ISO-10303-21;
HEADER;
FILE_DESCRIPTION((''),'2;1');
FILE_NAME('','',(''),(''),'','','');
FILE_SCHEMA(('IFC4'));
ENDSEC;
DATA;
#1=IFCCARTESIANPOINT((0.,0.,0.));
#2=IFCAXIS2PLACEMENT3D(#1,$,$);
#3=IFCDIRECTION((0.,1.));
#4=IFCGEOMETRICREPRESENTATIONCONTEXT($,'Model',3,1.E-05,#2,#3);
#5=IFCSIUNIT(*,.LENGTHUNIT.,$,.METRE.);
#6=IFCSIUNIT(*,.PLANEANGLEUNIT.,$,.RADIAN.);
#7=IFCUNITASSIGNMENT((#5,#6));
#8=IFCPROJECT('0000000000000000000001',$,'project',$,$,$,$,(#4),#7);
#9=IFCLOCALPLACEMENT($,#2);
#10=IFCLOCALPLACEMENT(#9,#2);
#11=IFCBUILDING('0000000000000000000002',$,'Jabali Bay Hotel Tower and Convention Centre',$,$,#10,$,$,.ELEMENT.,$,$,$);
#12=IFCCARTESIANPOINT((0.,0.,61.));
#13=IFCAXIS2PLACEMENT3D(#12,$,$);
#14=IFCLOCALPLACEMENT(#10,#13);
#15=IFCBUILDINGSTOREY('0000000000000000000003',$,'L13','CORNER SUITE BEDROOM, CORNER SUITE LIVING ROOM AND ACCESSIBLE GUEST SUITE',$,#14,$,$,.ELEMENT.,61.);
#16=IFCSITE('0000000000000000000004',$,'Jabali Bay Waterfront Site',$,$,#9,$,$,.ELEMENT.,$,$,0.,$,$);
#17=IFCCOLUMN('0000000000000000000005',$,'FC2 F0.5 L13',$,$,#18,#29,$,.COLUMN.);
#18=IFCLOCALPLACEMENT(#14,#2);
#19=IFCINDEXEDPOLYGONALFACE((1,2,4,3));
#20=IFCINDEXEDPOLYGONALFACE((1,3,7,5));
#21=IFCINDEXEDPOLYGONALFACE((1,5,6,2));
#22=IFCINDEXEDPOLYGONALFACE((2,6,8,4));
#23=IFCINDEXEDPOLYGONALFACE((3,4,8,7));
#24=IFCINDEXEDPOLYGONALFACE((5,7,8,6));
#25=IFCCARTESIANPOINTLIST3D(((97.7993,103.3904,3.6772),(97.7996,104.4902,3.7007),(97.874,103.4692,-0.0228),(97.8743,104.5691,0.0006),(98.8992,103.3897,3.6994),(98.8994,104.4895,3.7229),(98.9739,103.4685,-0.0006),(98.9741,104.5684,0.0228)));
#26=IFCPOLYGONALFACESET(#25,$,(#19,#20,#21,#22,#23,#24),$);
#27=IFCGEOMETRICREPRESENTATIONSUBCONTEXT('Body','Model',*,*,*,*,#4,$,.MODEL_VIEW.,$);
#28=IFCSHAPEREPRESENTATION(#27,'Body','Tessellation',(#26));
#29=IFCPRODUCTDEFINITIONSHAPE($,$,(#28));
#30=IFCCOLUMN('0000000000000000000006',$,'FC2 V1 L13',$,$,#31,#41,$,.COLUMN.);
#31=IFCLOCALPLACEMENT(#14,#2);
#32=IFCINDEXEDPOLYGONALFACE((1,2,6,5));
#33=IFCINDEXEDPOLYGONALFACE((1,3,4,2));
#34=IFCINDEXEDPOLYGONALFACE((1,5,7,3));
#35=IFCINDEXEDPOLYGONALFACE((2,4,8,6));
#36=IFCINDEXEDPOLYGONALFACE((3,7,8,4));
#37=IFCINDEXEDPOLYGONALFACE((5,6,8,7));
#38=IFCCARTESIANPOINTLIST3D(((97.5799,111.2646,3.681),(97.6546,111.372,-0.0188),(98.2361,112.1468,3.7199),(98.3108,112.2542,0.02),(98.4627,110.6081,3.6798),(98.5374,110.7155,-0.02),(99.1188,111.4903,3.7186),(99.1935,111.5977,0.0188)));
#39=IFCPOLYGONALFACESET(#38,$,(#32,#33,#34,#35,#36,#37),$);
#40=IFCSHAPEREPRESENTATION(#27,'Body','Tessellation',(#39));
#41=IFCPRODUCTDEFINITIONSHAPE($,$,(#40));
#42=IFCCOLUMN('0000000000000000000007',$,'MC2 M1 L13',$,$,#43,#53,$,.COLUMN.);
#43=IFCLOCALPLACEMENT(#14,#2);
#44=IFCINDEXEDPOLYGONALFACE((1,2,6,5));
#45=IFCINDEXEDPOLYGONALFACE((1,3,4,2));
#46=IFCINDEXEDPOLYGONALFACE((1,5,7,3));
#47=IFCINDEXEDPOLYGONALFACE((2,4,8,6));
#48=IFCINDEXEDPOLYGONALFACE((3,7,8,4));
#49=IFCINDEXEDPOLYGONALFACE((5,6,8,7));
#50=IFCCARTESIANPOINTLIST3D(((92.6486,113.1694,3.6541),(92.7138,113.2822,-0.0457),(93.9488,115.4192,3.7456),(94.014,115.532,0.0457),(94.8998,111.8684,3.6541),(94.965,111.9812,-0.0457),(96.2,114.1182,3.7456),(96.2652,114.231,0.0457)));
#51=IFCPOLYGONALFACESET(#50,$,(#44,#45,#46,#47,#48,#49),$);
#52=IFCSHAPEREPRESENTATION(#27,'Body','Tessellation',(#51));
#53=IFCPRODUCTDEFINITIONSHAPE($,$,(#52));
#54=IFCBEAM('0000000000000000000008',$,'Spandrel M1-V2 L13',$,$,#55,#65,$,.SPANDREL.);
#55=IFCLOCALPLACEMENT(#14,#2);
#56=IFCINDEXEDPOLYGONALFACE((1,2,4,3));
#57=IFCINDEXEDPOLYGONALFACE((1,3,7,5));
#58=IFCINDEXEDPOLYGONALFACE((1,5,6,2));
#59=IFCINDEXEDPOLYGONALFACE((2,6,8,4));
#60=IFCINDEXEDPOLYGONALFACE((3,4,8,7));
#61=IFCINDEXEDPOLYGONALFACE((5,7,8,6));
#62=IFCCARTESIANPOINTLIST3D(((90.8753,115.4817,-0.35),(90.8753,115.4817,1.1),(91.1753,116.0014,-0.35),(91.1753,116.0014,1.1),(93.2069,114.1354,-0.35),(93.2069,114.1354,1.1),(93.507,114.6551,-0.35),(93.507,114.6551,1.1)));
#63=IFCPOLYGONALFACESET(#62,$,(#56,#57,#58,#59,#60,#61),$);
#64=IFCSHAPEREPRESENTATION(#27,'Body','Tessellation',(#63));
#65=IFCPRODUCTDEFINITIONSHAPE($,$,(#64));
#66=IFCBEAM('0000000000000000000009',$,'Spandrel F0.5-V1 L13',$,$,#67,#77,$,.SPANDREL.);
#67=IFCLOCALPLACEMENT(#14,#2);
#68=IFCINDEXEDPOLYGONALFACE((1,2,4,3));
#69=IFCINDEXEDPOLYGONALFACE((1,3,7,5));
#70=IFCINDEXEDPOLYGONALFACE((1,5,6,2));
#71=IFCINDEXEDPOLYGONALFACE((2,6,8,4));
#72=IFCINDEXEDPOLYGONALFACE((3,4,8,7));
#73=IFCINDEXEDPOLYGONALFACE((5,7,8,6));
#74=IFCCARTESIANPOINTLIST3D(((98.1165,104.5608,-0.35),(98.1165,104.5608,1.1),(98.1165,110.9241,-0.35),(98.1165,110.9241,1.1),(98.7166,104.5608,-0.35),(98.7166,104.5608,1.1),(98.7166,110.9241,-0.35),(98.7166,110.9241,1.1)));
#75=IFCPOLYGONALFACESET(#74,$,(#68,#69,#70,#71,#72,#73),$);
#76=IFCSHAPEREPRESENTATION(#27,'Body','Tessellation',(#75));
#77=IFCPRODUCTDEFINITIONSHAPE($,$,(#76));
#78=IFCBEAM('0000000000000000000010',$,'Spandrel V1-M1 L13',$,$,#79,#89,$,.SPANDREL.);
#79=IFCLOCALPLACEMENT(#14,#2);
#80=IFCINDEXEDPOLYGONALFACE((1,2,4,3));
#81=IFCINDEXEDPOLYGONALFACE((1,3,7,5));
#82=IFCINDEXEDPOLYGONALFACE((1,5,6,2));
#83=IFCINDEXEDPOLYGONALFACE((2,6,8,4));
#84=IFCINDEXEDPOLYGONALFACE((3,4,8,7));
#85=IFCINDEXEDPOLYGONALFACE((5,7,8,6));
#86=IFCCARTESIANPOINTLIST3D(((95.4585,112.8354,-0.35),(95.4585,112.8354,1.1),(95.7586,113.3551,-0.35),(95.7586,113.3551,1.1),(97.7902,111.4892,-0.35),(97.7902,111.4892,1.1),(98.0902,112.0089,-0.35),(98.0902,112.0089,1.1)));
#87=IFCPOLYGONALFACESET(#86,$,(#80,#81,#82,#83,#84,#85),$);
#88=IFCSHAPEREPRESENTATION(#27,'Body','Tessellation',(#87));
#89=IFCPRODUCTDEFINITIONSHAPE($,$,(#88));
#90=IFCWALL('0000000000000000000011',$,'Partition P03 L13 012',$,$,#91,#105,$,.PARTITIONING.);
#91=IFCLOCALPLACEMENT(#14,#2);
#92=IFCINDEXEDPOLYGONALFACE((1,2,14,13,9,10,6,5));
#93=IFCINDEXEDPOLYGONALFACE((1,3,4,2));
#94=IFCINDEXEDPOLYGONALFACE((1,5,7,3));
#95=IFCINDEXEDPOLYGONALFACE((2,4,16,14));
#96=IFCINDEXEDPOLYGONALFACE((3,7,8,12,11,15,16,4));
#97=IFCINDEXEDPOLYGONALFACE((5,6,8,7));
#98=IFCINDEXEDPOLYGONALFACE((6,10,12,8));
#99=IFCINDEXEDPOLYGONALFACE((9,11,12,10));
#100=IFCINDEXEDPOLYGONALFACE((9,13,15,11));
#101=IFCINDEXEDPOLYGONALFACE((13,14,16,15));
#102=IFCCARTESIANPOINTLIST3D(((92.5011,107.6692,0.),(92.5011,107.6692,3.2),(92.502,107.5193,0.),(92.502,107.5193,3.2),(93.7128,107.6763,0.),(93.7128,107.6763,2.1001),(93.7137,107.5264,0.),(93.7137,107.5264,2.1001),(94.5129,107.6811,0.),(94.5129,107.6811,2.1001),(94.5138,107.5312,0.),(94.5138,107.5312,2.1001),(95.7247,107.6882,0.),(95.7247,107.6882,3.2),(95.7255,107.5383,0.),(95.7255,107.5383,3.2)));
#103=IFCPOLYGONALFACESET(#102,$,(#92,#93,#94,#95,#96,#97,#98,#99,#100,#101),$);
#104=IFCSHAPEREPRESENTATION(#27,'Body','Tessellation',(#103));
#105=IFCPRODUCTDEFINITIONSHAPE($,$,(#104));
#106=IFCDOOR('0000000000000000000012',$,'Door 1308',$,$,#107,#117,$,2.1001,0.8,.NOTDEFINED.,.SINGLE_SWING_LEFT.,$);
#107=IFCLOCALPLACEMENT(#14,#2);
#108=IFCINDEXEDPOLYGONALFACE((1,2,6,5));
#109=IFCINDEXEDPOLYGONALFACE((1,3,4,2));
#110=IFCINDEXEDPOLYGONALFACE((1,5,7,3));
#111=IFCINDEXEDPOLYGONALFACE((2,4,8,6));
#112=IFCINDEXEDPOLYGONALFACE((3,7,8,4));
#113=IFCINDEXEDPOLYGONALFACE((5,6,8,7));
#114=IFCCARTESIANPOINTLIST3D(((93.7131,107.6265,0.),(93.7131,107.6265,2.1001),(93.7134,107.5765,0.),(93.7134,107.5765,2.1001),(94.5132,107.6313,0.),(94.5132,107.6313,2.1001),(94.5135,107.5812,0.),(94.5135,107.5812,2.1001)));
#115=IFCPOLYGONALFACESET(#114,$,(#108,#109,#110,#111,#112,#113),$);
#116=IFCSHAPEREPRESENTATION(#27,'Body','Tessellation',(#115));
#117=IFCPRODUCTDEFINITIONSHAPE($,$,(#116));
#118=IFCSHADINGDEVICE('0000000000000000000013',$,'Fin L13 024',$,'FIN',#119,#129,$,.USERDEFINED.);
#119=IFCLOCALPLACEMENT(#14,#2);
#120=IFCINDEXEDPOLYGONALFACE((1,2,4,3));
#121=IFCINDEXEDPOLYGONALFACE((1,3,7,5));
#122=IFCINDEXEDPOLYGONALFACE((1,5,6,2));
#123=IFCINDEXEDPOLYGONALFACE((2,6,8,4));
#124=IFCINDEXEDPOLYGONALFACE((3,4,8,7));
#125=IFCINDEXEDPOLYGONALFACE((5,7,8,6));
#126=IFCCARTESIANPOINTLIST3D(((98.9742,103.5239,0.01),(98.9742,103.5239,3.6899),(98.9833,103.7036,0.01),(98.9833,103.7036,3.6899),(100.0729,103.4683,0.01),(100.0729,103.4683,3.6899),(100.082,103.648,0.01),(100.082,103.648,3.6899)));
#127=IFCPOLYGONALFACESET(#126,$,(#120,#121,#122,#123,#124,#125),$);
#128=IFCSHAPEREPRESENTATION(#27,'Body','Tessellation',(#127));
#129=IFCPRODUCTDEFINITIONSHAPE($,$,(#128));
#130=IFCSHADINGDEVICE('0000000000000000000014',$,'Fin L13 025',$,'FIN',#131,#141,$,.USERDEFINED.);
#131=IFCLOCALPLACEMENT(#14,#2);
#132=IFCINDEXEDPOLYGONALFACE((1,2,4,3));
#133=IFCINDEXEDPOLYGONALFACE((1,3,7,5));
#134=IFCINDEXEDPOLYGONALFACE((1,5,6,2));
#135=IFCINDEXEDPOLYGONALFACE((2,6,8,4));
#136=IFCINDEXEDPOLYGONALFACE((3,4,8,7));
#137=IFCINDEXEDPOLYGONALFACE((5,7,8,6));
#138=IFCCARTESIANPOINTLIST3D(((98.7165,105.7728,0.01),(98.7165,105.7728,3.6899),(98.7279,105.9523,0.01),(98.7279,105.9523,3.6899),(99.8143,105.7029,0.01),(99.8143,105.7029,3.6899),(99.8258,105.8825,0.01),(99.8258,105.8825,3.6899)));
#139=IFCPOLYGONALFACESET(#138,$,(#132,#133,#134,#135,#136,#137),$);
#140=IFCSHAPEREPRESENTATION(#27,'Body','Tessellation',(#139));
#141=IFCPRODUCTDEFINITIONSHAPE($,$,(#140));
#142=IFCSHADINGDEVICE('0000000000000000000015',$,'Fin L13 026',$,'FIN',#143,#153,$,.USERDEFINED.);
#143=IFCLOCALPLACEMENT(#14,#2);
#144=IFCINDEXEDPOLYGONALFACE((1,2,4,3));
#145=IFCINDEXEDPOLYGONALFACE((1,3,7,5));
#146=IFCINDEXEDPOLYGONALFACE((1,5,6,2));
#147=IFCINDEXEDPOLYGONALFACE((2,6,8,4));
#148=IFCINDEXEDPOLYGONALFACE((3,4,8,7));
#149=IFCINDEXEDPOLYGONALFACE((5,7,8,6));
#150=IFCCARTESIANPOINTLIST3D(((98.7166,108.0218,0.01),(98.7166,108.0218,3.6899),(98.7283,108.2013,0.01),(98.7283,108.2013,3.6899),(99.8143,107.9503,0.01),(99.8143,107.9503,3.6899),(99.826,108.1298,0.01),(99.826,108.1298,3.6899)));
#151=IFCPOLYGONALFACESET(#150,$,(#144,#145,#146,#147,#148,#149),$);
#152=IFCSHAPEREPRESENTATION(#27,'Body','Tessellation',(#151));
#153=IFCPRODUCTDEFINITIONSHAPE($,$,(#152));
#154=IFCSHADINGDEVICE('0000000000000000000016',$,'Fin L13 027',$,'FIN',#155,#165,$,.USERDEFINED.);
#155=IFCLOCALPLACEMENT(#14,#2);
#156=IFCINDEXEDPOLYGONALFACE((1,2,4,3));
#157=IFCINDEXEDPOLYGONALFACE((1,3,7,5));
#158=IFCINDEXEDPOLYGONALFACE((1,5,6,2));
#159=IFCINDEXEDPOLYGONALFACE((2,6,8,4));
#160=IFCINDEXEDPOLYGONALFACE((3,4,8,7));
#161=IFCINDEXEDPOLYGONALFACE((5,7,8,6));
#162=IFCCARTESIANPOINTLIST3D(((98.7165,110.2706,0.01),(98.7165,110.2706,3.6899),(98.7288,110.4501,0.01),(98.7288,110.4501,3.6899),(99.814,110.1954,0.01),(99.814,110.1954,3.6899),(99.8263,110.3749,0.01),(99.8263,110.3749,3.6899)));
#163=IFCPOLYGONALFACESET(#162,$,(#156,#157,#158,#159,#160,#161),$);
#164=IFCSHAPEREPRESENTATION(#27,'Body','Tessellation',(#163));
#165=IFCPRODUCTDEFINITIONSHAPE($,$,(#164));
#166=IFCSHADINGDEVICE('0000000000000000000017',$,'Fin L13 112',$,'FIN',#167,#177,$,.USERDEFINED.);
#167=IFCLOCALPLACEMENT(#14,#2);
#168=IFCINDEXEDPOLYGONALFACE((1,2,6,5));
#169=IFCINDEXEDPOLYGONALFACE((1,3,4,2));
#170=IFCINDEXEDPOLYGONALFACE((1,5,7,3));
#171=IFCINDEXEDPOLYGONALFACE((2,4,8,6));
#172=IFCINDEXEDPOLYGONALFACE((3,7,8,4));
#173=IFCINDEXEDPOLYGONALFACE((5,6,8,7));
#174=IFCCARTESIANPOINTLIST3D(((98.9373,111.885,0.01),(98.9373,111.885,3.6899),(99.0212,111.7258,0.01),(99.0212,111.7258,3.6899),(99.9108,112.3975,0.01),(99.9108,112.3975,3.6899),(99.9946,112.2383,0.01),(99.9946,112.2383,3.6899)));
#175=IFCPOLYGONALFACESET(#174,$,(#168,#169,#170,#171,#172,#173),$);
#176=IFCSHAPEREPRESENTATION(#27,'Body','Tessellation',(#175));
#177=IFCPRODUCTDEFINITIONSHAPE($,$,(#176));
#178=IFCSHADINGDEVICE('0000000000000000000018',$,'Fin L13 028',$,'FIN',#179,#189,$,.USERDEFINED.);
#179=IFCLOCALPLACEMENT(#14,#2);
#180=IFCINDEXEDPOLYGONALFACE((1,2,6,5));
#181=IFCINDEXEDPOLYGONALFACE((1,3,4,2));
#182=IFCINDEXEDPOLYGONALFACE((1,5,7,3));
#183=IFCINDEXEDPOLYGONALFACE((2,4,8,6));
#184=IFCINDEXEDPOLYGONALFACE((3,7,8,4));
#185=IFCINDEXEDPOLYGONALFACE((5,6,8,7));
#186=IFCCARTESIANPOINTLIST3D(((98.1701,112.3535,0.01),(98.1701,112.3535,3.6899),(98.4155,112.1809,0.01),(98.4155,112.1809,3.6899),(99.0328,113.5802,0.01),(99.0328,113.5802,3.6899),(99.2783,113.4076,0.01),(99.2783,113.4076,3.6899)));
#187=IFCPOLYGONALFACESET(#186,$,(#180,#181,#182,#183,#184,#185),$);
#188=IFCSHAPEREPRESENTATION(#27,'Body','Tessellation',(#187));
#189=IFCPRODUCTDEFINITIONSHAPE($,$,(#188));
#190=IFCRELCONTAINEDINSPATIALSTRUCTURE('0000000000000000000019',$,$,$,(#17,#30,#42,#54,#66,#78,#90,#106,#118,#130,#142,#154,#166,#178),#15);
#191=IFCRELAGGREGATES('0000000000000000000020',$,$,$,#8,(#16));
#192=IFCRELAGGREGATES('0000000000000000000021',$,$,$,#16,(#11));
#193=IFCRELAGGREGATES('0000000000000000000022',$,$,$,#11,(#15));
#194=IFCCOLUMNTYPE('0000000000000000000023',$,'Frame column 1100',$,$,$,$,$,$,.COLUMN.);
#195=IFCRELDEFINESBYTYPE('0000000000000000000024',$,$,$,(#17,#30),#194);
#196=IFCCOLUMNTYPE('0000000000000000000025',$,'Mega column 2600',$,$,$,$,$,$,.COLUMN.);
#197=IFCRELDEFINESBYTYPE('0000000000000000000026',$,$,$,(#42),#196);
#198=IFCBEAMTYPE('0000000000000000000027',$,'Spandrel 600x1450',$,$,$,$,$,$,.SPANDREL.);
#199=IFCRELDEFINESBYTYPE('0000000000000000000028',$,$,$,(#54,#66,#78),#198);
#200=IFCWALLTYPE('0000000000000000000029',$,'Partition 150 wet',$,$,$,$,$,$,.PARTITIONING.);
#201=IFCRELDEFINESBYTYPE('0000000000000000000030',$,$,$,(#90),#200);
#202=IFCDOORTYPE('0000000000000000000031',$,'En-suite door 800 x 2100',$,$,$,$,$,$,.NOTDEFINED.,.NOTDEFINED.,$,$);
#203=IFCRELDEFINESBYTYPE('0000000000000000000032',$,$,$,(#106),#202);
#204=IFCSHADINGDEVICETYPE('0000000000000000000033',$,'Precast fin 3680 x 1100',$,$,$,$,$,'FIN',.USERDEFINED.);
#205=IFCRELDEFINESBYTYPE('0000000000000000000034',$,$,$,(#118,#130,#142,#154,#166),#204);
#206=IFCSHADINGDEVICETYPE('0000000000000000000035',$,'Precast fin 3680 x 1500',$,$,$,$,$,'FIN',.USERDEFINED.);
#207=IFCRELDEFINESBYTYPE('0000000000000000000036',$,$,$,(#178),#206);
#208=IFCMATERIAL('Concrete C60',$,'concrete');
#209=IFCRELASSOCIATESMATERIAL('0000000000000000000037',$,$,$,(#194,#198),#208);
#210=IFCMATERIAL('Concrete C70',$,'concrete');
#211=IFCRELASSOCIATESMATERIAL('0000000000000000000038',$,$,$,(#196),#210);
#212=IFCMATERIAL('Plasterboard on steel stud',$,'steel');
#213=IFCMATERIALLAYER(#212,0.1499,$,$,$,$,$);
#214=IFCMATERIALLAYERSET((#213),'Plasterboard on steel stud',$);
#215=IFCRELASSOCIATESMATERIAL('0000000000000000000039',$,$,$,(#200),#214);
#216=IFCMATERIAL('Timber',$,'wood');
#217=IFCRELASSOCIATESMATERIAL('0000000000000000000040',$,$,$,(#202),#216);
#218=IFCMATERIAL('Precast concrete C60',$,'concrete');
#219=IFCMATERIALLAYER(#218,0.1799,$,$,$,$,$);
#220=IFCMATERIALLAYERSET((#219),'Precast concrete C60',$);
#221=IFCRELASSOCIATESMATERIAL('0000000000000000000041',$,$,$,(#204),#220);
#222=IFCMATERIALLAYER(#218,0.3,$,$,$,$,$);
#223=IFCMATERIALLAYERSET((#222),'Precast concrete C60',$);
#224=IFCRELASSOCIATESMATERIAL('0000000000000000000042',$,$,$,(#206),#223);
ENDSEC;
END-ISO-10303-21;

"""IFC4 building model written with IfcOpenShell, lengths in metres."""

from ifc_helpers import new_model, si_unit, direction, frame, frame_2d, origin, origin_2d, place, context, subcontext, project, spatial, rectangle, extrude, material, layer, layer_set, material_profile, profile_set, type_object, element, fill, save


model = new_model("IFC4")

# Units and contexts
model_context = context("Model", 3, precision=1e-05, world=origin(), true_north=direction((0.0, 1.0)))
body_context = subcontext(model_context, "Body", "Model", "MODEL_VIEW")
ifc_project = project(units=[si_unit("LENGTHUNIT", "METRE"), si_unit("PLANEANGLEUNIT", "RADIAN")], contexts=[model_context])

# Site, building, storey
site_placement = place(None, origin())
site = spatial("IfcSite", under=ifc_project, at=site_placement, Name="Jabali Bay Waterfront Site", CompositionType="ELEMENT", RefElevation=0.0)
building_placement = place(site_placement, origin())
building = spatial("IfcBuilding", under=site, at=building_placement, Name="Jabali Bay Hotel Tower and Convention Centre", CompositionType="ELEMENT")
storey_placement = place(building_placement, frame((0.0, 0.0, 61.0)))
storey = spatial("IfcBuildingStorey", under=building, at=storey_placement, Name="L13", Description="CORNER SUITE BEDROOM, CORNER SUITE LIVING ROOM AND ACCESSIBLE GUEST SUITE", CompositionType="ELEMENT", Elevation=61.0)

# Columns
ifc_material_1 = material(Name="Concrete C60", Category="concrete")
ifc_material_profile_1 = material_profile(ifc_material_1, rectangle(XDim=1.1001, YDim=1.1001, at=origin_2d()), Name="Frame column 1100")
ifc_profile_set_1 = profile_set([ifc_material_profile_1], Name="Concrete C60")
column_type_1 = type_object("IfcColumnType", Name="Frame column 1100", PredefinedType="COLUMN", material=ifc_profile_set_1)
column_1_placement = place(storey_placement, frame((98.4241, 104.0188, 0.0), z_axis=(-0.020183, -0.021304, 0.999569), x_axis=(0.999796, -0.000658, 0.020173)))
element("IfcColumn", 1, at=column_1_placement, inside=storey, type_object=column_type_1, Name="FC2 F0.5 L13", PredefinedType="COLUMN", context=body_context, shape_type="SweptSolid", body=[
    extrude(rectangle(XDim=1.1001, YDim=1.1001, at=origin_2d()), origin(), (0.0, 0.0, 1.0), 3.7017),
])
column_2_placement = place(storey_placement, frame((98.4241, 111.4849, 0.0), z_axis=(-0.020179, -0.029015, 0.999375), x_axis=(0.596421, 0.801894, 0.035324)))
element("IfcColumn", 2, at=column_2_placement, inside=storey, type_object=column_type_1, Name="FC2 V1 L13", PredefinedType="COLUMN", context=body_context, shape_type="SweptSolid", body=[
    extrude(rectangle(XDim=1.1001, YDim=1.1001, at=origin_2d()), origin(), (0.0, 0.0, 1.0), 3.7021),
])
ifc_material_2 = material(Name="Concrete C70", Category="concrete")
ifc_material_profile_2 = material_profile(ifc_material_2, rectangle(XDim=2.6001, YDim=2.6001, at=origin_2d()), Name="Mega column 2600")
ifc_profile_set_2 = profile_set([ifc_material_profile_2], Name="Concrete C70")
column_type_2 = type_object("IfcColumnType", Name="Mega column 2600", PredefinedType="COLUMN", material=ifc_profile_set_2)
column_3_placement = place(storey_placement, frame((94.4895, 113.7566, 0.0), z_axis=(-0.017607, -0.030466, 0.999381), x_axis=(0.865811, -0.500371, 0.0)))
element("IfcColumn", 3, at=column_3_placement, inside=storey, type_object=column_type_2, Name="MC2 M1 L13", PredefinedType="COLUMN", context=body_context, shape_type="SweptSolid", body=[
    extrude(rectangle(XDim=2.6001, YDim=2.6001, at=origin_2d()), origin(), (0.0, 0.0, 1.0), 3.7021),
])

# Beams
ifc_material_profile_3 = material_profile(ifc_material_1, rectangle(XDim=0.6001, YDim=1.45, at=origin_2d()), Name="Spandrel 600x1450")
ifc_profile_set_3 = profile_set([ifc_material_profile_3], Name="Concrete C60")
beam_type = type_object("IfcBeamType", Name="Spandrel 600x1450", PredefinedType="SPANDREL", material=ifc_profile_set_3)
beam_1_placement = place(storey_placement, frame((93.3569, 114.3953, 0.375), z_axis=(-0.866013, 0.500021, 0.0), x_axis=(-0.500021, -0.866013, 0.0)))
element("IfcBeam", 4, at=beam_1_placement, inside=storey, type_object=beam_type, Name="Spandrel M1-V2 L13", PredefinedType="SPANDREL", context=body_context, shape_type="SweptSolid", body=[
    extrude(rectangle(XDim=0.6001, YDim=1.45, at=origin_2d()), origin(), (0.0, 0.0, 1.0), 2.6924),
])
beam_2_placement = place(storey_placement, frame((98.4165, 104.5608, 0.375), z_axis=(0.0, 1.0, 0.0), x_axis=(-1.0, 0.0, 0.0)))
element("IfcBeam", 5, at=beam_2_placement, inside=storey, type_object=beam_type, Name="Spandrel F0.5-V1 L13", PredefinedType="SPANDREL", context=body_context, shape_type="SweptSolid", body=[
    extrude(rectangle(XDim=0.6001, YDim=1.45, at=origin_2d()), origin(), (0.0, 0.0, 1.0), 6.3633),
])
beam_3_placement = place(storey_placement, frame((97.9402, 111.749, 0.375), z_axis=(-0.866013, 0.500021, 0.0), x_axis=(-0.500021, -0.866013, 0.0)))
element("IfcBeam", 6, at=beam_3_placement, inside=storey, type_object=beam_type, Name="Spandrel V1-M1 L13", PredefinedType="SPANDREL", context=body_context, shape_type="SweptSolid", body=[
    extrude(rectangle(XDim=0.6001, YDim=1.45, at=origin_2d()), origin(), (0.0, 0.0, 1.0), 2.6924),
])

# Wall, opening, door
ifc_material_3 = material(Name="Plasterboard on steel stud", Category="steel")
ifc_layer_1 = layer(ifc_material_3, 0.1499)
ifc_layer_set_1 = layer_set([ifc_layer_1], Name="Plasterboard on steel stud")
wall_type_1 = type_object("IfcWallType", Name="Partition 150 wet", PredefinedType="PARTITIONING", material=ifc_layer_set_1)
wall_1_placement = place(storey_placement, frame((95.7251, 107.6133, 0.0), z_axis=(0.0, 0.0, 1.0), x_axis=(-0.999983, -0.005907, 0.0)))
wall_1 = element("IfcWall", 7, at=wall_1_placement, inside=storey, type_object=wall_type_1, Name="Partition P03 L13 012", PredefinedType="PARTITIONING", context=body_context, shape_type="SweptSolid", body=[
    extrude(rectangle(XDim=3.2236, YDim=0.1499, at=frame_2d((1.6118, 0.0))), origin(), (0.0, 0.0, 1.0), 3.2),
])
opening_1_placement = place(wall_1_placement, frame((1.2119, 0.0, 0.0)))
opening_1 = element("IfcOpeningElement", 8, at=opening_1_placement, cuts=wall_1, PredefinedType="OPENING", context=body_context, shape_type="SweptSolid", body=[
    extrude(rectangle(XDim=0.8, YDim=2.1001, at=frame_2d((0.3999, 1.05))), frame((0.0, 0.0854, 0.0), z_axis=(0.0, -1.0, 0.0), x_axis=(1.0, 0.0, 0.0)), (0.0, 0.0, 1.0), 0.1709),
])
ifc_material_4 = material(Name="Timber", Category="wood")
door_type_1 = type_object("IfcDoorType", Name="En-suite door 800 x 2100", OperationType="NOTDEFINED", PredefinedType="NOTDEFINED", material=ifc_material_4)
door_1_placement = place(opening_1_placement, origin())
door_1 = element("IfcDoor", 9, at=door_1_placement, inside=storey, type_object=door_type_1, Name="Door 1308", OperationType="SINGLE_SWING_LEFT", OverallHeight=2.1001, OverallWidth=0.8, PredefinedType="NOTDEFINED", context=body_context, shape_type="SweptSolid", body=[
    extrude(rectangle(XDim=0.8, YDim=2.1001, at=frame_2d((0.3999, 1.05))), frame((0.0, 0.0249, 0.0), z_axis=(0.0, -1.0, 0.0), x_axis=(1.0, 0.0, 0.0)), (0.0, 0.0, 1.0), 0.05),
])
fill(opening_1, door_1)

# Shading devices
ifc_material_5 = material(Name="Precast concrete C60", Category="concrete")
ifc_layer_2 = layer(ifc_material_5, 0.1799)
ifc_layer_set_2 = layer_set([ifc_layer_2], Name="Precast concrete C60")
shading_device_type_1 = type_object("IfcShadingDeviceType", Name="Precast fin 3680 x 1100", ElementType="FIN", PredefinedType="USERDEFINED", material=ifc_layer_set_2)
for number, where, z_axis, x_axis, name in (
    (10, (98.9788, 103.6138, 0.01), (0.0, 0.0, 1.0), (0.998719, -0.050602, 0.0), "Fin L13 024"),
    (11, (98.7222, 105.8625, 0.01), (0.0, 0.0, 1.0), (0.997984, -0.06347, 0.0), "Fin L13 025"),
    (12, (98.7224, 108.1116, 0.01), (0.0, 0.0, 1.0), (0.997883, -0.065031, 0.0), "Fin L13 026"),
    (13, (98.7227, 110.3604, 0.01), (0.0, 0.0, 1.0), (0.997661, -0.06836, 0.0), "Fin L13 027"),
    (14, (98.9792, 111.8054, 0.01), (0.0, 0.0, 1.0), (0.884865, 0.465847, 0.0), "Fin L13 112"),
):
    element("IfcShadingDevice", number, at=place(storey_placement, frame(where, z_axis=z_axis, x_axis=x_axis)), inside=storey, type_object=shading_device_type_1, Name=name, ObjectType="FIN", PredefinedType="USERDEFINED", context=body_context, shape_type="SweptSolid", body=[
        extrude(rectangle(XDim=1.1001, YDim=0.1799, at=frame_2d((0.55, 0.0))), origin(), (0.0, 0.0, 1.0), 3.6799),
    ])
ifc_layer_3 = layer(ifc_material_5, 0.3)
ifc_layer_set_3 = layer_set([ifc_layer_3], Name="Precast concrete C60")
shading_device_type_2 = type_object("IfcShadingDeviceType", Name="Precast fin 3680 x 1500", ElementType="FIN", PredefinedType="USERDEFINED", material=ifc_layer_set_3)
shading_device_1_placement = place(storey_placement, frame((98.2927, 112.2671, 0.01), z_axis=(0.0, 0.0, 1.0), x_axis=(0.575264, 0.817968, 0.0)))
element("IfcShadingDevice", 15, at=shading_device_1_placement, inside=storey, type_object=shading_device_type_2, Name="Fin L13 028", ObjectType="FIN", PredefinedType="USERDEFINED", context=body_context, shape_type="SweptSolid", body=[
    extrude(rectangle(XDim=1.4998, YDim=0.3, at=frame_2d((0.75, 0.0))), origin(), (0.0, 0.0, 1.0), 3.6799),
])

save(model, "model.ifc")
